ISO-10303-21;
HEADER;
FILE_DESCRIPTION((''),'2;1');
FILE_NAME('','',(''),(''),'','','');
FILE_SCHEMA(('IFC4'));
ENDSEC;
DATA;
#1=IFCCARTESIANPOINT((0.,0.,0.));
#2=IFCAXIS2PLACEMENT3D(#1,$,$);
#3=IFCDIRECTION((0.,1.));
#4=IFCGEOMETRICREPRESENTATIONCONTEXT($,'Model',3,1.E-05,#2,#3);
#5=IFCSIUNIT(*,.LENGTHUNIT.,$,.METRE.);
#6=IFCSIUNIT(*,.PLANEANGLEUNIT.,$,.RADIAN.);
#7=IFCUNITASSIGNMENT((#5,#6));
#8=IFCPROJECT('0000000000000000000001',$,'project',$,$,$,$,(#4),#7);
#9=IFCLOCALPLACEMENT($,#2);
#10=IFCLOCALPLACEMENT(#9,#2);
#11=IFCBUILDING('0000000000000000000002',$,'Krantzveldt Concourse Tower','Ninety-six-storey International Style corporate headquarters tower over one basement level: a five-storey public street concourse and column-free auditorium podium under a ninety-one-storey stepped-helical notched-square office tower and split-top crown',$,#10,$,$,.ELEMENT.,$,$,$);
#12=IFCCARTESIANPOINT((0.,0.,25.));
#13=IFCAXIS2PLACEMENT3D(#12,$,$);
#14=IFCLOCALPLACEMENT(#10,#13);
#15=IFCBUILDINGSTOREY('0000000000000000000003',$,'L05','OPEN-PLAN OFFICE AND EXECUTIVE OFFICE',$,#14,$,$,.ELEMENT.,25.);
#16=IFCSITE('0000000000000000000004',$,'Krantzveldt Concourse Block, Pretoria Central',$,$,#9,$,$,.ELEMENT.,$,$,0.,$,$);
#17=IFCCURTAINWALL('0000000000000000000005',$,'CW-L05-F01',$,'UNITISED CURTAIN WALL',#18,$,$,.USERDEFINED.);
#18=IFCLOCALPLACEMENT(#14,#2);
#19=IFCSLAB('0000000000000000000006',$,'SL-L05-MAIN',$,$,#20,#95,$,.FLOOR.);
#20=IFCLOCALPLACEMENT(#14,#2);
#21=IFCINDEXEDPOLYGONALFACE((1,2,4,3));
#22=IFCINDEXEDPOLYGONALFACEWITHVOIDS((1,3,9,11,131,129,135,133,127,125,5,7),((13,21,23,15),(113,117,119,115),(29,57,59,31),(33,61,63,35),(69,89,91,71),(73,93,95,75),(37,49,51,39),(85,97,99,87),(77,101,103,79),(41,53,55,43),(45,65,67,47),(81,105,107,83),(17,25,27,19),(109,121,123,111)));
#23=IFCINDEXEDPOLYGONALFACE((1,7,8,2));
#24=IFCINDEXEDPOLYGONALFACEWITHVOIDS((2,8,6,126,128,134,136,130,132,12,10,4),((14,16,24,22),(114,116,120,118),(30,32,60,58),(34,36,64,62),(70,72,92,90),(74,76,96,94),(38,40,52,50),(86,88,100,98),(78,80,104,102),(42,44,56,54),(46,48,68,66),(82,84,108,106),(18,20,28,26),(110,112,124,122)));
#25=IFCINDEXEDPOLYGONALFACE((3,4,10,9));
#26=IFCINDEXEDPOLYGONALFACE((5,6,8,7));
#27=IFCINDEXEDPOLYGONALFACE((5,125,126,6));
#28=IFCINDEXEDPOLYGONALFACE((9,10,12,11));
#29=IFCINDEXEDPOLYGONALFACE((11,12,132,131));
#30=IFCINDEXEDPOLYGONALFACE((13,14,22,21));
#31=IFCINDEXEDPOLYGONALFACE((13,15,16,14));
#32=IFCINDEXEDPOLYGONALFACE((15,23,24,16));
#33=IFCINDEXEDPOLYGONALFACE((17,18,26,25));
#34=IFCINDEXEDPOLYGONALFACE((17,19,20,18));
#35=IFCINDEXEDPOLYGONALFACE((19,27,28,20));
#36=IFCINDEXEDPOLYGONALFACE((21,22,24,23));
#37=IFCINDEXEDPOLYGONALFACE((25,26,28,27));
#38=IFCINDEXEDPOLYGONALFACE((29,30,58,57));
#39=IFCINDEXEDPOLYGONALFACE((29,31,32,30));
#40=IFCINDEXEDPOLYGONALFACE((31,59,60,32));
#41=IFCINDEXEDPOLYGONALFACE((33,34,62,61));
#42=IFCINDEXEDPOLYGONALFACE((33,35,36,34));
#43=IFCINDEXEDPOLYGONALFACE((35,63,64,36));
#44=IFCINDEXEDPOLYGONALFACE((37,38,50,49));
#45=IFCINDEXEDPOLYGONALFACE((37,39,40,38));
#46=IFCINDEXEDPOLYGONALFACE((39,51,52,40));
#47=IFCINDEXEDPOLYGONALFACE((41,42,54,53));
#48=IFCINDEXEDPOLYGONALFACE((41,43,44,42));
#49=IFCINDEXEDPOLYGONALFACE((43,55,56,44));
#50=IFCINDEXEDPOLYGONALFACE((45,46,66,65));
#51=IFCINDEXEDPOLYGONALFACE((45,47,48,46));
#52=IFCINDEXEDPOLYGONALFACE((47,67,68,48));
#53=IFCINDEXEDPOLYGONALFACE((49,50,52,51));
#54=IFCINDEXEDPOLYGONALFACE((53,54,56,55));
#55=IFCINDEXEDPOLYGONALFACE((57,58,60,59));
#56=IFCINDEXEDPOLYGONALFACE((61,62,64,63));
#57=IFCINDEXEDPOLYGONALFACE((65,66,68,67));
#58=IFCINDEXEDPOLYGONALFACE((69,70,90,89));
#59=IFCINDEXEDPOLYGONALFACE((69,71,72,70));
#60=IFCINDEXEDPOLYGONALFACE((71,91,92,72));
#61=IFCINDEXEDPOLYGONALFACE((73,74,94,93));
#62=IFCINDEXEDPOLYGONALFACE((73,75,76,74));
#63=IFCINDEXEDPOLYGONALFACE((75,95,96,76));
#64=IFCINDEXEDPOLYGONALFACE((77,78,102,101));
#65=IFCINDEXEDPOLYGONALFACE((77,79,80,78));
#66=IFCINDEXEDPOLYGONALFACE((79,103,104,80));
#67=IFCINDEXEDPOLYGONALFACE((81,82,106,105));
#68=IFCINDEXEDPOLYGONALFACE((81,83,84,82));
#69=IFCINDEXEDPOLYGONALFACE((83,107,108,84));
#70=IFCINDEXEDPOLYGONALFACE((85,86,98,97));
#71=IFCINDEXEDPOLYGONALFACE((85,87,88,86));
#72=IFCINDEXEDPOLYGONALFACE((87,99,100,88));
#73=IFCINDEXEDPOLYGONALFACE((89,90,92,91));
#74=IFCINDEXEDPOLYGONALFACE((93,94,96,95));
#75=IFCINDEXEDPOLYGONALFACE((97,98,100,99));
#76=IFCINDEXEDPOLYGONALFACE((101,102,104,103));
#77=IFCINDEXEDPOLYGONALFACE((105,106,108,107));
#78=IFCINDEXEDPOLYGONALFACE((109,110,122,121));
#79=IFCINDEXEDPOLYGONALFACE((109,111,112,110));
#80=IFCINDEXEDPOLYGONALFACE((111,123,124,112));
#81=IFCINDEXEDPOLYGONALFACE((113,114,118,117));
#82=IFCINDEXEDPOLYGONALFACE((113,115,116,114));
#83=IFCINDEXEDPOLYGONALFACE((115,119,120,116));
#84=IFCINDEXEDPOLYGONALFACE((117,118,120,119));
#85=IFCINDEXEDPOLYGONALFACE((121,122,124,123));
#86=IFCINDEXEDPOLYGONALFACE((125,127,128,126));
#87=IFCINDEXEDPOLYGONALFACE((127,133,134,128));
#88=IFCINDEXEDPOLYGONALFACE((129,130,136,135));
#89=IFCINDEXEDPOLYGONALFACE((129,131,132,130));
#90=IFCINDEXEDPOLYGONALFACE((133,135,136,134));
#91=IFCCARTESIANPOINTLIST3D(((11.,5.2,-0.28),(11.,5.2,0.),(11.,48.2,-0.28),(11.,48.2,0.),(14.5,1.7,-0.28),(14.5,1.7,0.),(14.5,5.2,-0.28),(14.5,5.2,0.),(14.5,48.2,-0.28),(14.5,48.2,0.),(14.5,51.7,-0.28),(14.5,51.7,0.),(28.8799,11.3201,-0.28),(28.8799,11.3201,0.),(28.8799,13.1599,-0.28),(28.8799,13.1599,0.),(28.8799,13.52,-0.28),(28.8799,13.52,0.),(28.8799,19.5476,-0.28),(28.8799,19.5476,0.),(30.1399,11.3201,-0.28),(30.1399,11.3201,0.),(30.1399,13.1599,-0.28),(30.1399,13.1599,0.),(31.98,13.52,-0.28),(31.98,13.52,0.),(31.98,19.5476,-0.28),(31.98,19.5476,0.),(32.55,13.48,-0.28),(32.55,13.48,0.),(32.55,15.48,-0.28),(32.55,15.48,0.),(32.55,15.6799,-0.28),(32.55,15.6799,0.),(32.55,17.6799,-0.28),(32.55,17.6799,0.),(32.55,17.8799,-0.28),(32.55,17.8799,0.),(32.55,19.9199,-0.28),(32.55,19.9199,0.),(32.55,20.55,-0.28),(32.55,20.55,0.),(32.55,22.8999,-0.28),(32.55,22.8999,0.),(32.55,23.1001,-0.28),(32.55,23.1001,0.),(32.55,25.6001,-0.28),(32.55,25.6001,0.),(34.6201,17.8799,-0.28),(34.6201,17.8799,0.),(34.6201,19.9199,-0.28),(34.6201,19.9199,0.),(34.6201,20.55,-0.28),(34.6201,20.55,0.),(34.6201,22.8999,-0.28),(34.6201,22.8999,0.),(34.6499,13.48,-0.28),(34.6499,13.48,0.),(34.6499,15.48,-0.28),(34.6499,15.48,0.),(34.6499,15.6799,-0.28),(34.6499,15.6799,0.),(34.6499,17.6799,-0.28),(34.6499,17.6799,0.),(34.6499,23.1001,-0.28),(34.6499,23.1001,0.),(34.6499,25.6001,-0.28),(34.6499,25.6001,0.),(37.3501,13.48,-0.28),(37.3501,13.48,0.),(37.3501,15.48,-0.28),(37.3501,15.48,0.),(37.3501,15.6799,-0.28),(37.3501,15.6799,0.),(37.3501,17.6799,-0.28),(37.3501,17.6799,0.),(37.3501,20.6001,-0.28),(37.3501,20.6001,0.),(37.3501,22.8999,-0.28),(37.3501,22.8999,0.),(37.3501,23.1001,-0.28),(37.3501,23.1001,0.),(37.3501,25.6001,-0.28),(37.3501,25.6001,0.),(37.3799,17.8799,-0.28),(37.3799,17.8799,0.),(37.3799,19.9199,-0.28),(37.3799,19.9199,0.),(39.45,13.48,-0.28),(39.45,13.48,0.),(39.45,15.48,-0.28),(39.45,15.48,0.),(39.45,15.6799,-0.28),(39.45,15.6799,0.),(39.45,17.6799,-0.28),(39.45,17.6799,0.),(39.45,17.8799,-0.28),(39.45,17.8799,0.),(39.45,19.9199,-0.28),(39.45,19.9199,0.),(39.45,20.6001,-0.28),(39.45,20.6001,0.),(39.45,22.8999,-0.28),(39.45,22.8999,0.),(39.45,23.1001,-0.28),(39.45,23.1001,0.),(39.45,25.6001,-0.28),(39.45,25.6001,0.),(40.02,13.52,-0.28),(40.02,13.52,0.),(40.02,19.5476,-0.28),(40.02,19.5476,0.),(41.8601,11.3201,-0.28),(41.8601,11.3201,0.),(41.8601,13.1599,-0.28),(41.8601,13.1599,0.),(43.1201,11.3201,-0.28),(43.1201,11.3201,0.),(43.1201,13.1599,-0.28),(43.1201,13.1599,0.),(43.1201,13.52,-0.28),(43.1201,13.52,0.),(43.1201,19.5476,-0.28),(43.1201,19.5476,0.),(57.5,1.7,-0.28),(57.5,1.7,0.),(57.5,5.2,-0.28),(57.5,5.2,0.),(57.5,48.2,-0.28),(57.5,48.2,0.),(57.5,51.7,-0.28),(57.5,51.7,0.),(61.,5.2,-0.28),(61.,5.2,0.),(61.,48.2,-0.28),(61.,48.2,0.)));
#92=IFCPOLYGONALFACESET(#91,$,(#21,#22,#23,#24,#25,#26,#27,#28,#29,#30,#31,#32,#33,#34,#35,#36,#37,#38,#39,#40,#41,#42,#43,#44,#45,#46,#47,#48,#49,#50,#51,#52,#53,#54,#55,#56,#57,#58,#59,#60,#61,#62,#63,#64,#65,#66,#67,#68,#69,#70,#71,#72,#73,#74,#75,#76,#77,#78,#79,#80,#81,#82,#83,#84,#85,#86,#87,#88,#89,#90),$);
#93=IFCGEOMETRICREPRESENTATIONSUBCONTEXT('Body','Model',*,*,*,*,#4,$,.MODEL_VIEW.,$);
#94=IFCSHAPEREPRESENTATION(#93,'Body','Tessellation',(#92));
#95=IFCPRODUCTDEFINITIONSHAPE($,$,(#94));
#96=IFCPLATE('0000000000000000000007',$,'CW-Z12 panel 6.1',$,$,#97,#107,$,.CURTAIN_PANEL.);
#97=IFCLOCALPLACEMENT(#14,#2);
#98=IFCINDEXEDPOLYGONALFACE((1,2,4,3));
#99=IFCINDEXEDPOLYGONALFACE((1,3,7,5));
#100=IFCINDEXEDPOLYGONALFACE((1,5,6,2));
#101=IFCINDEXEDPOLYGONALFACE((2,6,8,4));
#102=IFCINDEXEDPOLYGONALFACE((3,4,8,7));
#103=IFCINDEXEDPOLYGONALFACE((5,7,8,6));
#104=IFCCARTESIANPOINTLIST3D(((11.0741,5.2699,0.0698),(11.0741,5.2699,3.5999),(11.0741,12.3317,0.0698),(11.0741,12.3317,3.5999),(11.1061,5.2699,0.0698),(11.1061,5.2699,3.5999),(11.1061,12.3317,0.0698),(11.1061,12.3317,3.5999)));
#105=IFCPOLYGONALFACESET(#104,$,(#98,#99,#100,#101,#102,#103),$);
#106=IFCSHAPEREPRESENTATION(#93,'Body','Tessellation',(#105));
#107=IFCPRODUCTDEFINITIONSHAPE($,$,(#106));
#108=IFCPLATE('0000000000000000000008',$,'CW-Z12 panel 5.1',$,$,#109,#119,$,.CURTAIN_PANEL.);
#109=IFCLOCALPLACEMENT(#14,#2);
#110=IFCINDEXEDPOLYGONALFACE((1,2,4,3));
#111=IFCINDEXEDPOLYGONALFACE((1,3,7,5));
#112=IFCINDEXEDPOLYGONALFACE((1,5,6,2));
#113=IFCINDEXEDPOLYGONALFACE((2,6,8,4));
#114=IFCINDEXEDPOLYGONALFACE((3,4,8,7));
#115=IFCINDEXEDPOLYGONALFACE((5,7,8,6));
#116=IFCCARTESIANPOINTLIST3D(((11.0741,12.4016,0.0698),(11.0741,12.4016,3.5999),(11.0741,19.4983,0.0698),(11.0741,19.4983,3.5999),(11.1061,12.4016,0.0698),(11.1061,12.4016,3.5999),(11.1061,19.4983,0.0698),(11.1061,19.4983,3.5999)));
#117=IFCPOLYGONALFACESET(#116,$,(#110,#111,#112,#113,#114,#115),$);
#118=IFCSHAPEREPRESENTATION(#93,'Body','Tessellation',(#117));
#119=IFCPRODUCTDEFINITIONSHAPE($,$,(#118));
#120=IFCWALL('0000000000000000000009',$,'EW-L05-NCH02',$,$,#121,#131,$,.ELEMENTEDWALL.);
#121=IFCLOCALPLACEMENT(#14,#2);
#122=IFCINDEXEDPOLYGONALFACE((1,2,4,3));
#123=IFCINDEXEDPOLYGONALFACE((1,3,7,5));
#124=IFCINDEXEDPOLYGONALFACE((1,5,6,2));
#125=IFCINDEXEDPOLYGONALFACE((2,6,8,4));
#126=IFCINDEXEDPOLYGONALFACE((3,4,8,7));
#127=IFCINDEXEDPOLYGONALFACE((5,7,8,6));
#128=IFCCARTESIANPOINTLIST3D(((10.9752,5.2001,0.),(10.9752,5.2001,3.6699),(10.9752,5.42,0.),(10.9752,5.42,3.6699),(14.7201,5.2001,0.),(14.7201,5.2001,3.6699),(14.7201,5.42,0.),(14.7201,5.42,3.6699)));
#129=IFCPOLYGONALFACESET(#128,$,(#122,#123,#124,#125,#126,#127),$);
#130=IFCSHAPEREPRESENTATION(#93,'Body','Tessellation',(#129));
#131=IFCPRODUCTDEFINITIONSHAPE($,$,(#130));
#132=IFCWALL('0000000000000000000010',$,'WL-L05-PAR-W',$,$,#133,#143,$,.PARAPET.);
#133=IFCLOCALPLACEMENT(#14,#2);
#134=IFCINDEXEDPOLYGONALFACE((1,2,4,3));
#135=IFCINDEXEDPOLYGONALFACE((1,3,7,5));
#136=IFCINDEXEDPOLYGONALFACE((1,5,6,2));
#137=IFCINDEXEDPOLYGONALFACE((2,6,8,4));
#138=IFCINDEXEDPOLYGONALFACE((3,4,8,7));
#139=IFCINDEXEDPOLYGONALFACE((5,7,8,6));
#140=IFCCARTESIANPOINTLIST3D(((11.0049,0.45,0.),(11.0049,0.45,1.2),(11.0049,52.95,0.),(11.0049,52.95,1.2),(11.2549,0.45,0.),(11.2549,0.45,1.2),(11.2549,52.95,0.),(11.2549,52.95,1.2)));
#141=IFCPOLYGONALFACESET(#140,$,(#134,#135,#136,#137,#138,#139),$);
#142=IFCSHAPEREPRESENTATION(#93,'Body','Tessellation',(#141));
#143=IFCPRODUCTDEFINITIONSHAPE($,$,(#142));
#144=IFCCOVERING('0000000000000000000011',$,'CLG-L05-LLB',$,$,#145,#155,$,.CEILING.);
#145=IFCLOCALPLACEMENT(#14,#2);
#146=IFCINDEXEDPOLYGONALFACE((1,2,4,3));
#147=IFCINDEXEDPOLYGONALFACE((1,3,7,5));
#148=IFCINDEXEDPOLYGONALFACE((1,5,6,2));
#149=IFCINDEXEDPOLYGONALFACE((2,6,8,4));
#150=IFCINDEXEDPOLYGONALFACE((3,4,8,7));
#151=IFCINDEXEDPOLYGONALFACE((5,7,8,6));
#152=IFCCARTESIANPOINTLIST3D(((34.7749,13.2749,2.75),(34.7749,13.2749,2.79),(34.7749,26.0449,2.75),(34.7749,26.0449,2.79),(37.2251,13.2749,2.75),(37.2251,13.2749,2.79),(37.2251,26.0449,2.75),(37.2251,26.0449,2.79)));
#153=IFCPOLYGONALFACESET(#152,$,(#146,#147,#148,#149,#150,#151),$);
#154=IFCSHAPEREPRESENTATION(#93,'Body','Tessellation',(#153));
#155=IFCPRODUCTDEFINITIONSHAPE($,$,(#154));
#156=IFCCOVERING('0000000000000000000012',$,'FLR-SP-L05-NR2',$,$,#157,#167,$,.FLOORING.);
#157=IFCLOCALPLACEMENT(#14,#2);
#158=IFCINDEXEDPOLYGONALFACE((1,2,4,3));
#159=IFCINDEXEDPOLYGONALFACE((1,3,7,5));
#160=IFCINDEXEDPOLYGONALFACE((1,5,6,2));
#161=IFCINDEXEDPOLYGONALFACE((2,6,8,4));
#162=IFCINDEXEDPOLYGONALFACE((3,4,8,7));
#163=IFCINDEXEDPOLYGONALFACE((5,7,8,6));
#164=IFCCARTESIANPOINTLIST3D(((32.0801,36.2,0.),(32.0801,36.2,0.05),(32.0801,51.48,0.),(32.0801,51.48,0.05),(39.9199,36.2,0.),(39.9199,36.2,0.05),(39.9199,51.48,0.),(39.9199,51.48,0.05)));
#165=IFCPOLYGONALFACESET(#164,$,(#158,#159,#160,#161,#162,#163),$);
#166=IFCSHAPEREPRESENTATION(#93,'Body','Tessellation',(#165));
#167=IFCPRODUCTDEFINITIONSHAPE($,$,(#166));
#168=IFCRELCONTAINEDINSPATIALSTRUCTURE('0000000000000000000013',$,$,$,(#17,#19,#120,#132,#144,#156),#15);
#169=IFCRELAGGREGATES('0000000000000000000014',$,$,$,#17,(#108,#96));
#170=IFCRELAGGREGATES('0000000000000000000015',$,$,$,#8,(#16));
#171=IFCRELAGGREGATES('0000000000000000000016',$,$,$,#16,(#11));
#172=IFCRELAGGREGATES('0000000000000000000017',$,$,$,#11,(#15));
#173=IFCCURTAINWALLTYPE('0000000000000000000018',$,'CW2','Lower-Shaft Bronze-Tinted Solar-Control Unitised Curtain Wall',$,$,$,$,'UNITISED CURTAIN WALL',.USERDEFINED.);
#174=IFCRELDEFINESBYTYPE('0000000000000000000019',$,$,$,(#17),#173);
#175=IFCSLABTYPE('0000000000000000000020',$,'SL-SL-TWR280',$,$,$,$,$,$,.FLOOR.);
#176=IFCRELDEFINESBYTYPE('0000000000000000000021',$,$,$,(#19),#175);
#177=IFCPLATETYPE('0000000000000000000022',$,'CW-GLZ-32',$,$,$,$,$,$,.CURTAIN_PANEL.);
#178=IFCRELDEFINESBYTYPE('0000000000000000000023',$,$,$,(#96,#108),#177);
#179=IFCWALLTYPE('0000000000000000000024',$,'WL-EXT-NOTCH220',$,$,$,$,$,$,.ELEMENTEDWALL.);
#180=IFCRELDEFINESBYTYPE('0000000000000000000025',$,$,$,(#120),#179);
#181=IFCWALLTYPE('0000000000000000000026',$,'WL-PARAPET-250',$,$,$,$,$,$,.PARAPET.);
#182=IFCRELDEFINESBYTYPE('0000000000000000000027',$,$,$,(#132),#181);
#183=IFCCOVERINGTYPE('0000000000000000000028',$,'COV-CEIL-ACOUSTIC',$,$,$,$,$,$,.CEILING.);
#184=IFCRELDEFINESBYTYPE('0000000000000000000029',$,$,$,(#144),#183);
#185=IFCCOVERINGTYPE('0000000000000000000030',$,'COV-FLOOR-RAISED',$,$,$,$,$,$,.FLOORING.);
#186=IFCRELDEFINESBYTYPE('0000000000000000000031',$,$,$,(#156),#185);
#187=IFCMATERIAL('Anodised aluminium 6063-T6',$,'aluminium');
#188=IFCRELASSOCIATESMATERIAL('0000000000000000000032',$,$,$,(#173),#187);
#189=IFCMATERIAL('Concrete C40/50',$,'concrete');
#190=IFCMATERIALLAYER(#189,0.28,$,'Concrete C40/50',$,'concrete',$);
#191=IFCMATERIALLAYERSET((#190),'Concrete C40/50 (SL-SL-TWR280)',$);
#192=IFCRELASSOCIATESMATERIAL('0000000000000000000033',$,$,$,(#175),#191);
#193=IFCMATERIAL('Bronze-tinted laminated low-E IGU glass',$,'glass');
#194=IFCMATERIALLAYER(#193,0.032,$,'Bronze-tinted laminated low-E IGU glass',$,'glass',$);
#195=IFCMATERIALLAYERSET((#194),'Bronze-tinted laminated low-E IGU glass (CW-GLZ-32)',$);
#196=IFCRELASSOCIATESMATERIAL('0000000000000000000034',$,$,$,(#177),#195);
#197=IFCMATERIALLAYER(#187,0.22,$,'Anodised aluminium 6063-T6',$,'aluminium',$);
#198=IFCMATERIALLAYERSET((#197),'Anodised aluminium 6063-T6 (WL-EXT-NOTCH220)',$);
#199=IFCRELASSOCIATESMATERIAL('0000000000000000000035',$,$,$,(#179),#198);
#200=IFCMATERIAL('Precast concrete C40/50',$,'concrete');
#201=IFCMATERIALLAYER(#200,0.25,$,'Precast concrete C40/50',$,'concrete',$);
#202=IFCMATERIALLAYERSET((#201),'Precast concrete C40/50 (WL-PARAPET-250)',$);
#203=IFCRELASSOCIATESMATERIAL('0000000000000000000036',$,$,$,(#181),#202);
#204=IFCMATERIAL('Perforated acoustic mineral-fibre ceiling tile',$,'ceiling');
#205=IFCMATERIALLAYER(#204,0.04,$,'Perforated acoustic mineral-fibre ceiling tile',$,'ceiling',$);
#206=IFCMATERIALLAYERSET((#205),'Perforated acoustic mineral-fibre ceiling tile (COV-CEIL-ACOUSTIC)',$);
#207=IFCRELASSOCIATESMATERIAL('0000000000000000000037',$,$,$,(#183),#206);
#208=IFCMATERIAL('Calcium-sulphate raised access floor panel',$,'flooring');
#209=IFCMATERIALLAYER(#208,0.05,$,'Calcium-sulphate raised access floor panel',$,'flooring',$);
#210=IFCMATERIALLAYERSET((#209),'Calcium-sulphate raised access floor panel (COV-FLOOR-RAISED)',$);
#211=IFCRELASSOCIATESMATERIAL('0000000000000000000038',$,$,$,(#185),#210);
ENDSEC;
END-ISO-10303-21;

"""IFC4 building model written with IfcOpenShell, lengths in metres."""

from ifc_helpers import new_model, si_unit, direction, frame, frame_2d, origin, origin_2d, place, context, subcontext, project, spatial, polyline, rectangle, outline, extrude, source, transform, mapped, material, layer, layer_set, type_object, type_shapes, element, aggregate, save


model = new_model("IFC4")

# Units and contexts
model_context = context("Model", 3, precision=1e-05, world=origin(), true_north=direction((0.0, 1.0)))
body_context = subcontext(model_context, "Body", "Model", "MODEL_VIEW")
ifc_project = project(units=[si_unit("LENGTHUNIT", "METRE"), si_unit("PLANEANGLEUNIT", "RADIAN")], contexts=[model_context])

# Site, building, storey
site_placement = place(None, origin())
site = spatial("IfcSite", under=ifc_project, at=site_placement, Name="Krantzveldt Concourse Block, Pretoria Central", CompositionType="ELEMENT", RefElevation=0.0)
building_placement = place(site_placement, origin())
building = spatial("IfcBuilding", under=site, at=building_placement, Name="Krantzveldt Concourse Tower", Description="Ninety-six-storey International Style corporate headquarters tower over one basement level: a five-storey public street concourse and column-free auditorium podium under a ninety-one-storey stepped-helical notched-square office tower and split-top crown", CompositionType="ELEMENT")
storey_placement = place(building_placement, frame((0.0, 0.0, 25.0)))
storey = spatial("IfcBuildingStorey", under=building, at=storey_placement, Name="L05", Description="OPEN-PLAN OFFICE AND EXECUTIVE OFFICE", CompositionType="ELEMENT", Elevation=25.0)

# Curtain wall
ifc_material_1 = material(Name="Anodised aluminium 6063-T6", Category="aluminium")
curtain_wall_type = type_object("IfcCurtainWallType", Name="CW2", Description="Lower-Shaft Bronze-Tinted Solar-Control Unitised Curtain Wall", ElementType="UNITISED CURTAIN WALL", PredefinedType="USERDEFINED", material=ifc_material_1)
curtain_wall_1_placement = place(storey_placement, origin())
curtain_wall_1 = element("IfcCurtainWall", 1, at=curtain_wall_1_placement, inside=storey, type_object=curtain_wall_type, Name="CW-L05-F01", ObjectType="UNITISED CURTAIN WALL", PredefinedType="USERDEFINED")

# Shared definitions
ifc_material_2 = material(Name="Precast concrete C40/50", Category="concrete")

# Slab
ifc_material_3 = material(Name="Concrete C40/50", Category="concrete")
ifc_layer_1 = layer(ifc_material_3, 0.28, Name="Concrete C40/50", Category="concrete")
ifc_layer_set_1 = layer_set([ifc_layer_1], Name="Concrete C40/50 (SL-SL-TWR280)")
slab_type_1 = type_object("IfcSlabType", Name="SL-SL-TWR280", PredefinedType="FLOOR", material=ifc_layer_set_1)
slab_1_placement = place(storey_placement, frame((0.0, 0.0, -0.28)))
element("IfcSlab", 2, at=slab_1_placement, inside=storey, type_object=slab_type_1, Name="SL-L05-MAIN", PredefinedType="FLOOR", context=body_context, shape_type="SweptSolid", body=[
    extrude(outline(polyline([(14.5, 48.2), (11.0, 48.2), (11.0, 5.2), (14.5, 5.2), (14.5, 1.7), (57.5, 1.7), (57.5, 5.2), (61.0, 5.2), (61.0, 48.2), (57.5, 48.2), (57.5, 51.7), (14.5, 51.7), (14.5, 48.2)]), holes=[polyline([(28.8799, 19.5476), (28.8799, 13.52), (31.98, 13.52), (31.98, 19.5476), (28.8799, 19.5476)]), polyline([(40.02, 19.5476), (40.02, 13.52), (43.1201, 13.52), (43.1201, 19.5476), (40.02, 19.5476)]), polyline([(32.55, 23.1001), (34.6499, 23.1001), (34.6499, 25.6001), (32.55, 25.6001), (32.55, 23.1001)]), polyline([(37.3501, 23.1001), (39.45, 23.1001), (39.45, 25.6001), (37.3501, 25.6001), (37.3501, 23.1001)]), polyline([(37.3501, 20.6001), (39.45, 20.6001), (39.45, 22.8999), (37.3501, 22.8999), (37.3501, 20.6001)]), polyline([(32.55, 13.48), (34.6499, 13.48), (34.6499, 15.48), (32.55, 15.48), (32.55, 13.48)]), polyline([(32.55, 15.6799), (34.6499, 15.6799), (34.6499, 17.6799), (32.55, 17.6799), (32.55, 15.6799)]), polyline([(37.3501, 13.48), (39.45, 13.48), (39.45, 15.48), (37.3501, 15.48), (37.3501, 13.48)]), polyline([(37.3501, 15.6799), (39.45, 15.6799), (39.45, 17.6799), (37.3501, 17.6799), (37.3501, 15.6799)]), polyline([(32.55, 20.55), (34.6201, 20.55), (34.6201, 22.8999), (32.55, 22.8999), (32.55, 20.55)]), polyline([(32.55, 17.8799), (34.6201, 17.8799), (34.6201, 19.9199), (32.55, 19.9199), (32.55, 17.8799)]), polyline([(37.3799, 17.8799), (39.45, 17.8799), (39.45, 19.9199), (37.3799, 19.9199), (37.3799, 17.8799)]), polyline([(28.8799, 11.3201), (30.1399, 11.3201), (30.1399, 13.1599), (28.8799, 13.1599), (28.8799, 11.3201)]), polyline([(41.8601, 11.3201), (43.1201, 11.3201), (43.1201, 13.1599), (41.8601, 13.1599), (41.8601, 11.3201)])]), origin(), (0.0, 0.0, 1.0), 0.28),
])

# Plates
ifc_material_4 = material(Name="Bronze-tinted laminated low-E IGU glass", Category="glass")
ifc_layer_2 = layer(ifc_material_4, 0.032, Name="Bronze-tinted laminated low-E IGU glass", Category="glass")
ifc_layer_set_2 = layer_set([ifc_layer_2], Name="Bronze-tinted laminated low-E IGU glass (CW-GLZ-32)")
plate_type = type_object("IfcPlateType", Name="CW-GLZ-32", PredefinedType="CURTAIN_PANEL", material=ifc_layer_set_2)
shared_shape_1 = source(origin(), body_context, "Body", "SweptSolid", [
    extrude(rectangle(XDim=7.0618, YDim=0.032, at=origin_2d()), origin(), (0.0, 0.0, 1.0), 3.53),
])
plate_1_placement = place(storey_placement, frame((11.0901, 8.8008, 0.0698), z_axis=(0.0, 0.0, 1.0), x_axis=(0.0, -1.0, 0.0)))
plate_1 = element("IfcPlate", 3, at=plate_1_placement, type_object=plate_type, Name="CW-Z12 panel 6.1", PredefinedType="CURTAIN_PANEL", context=body_context, shape_type="MappedRepresentation", body=[
    mapped(shared_shape_1, transform((0.0, 0.0, 0.0), x_axis=(1.0, 0.0, 0.0), y_axis=(0.0, 1.0, 0.0), z_axis=(0.0, 0.0, 1.0), scale=1.0)),
])
shared_shape_2 = source(origin(), body_context, "Body", "SweptSolid", [
    extrude(rectangle(XDim=7.0967, YDim=0.032, at=origin_2d()), origin(), (0.0, 0.0, 1.0), 3.53),
])
type_shapes(plate_type, [shared_shape_1, shared_shape_2])
plate_2_placement = place(storey_placement, frame((11.0901, 15.95, 0.0698), z_axis=(0.0, 0.0, 1.0), x_axis=(0.0, -1.0, 0.0)))
plate_2 = element("IfcPlate", 4, at=plate_2_placement, type_object=plate_type, Name="CW-Z12 panel 5.1", PredefinedType="CURTAIN_PANEL", context=body_context, shape_type="MappedRepresentation", body=[
    mapped(shared_shape_2, transform((0.0, 0.0, 0.0), x_axis=(1.0, 0.0, 0.0), y_axis=(0.0, 1.0, 0.0), z_axis=(0.0, 0.0, 1.0), scale=1.0)),
])
aggregate(curtain_wall_1, [plate_2, plate_1])

# Walls
ifc_layer_3 = layer(ifc_material_1, 0.22, Name="Anodised aluminium 6063-T6", Category="aluminium")
ifc_layer_set_3 = layer_set([ifc_layer_3], Name="Anodised aluminium 6063-T6 (WL-EXT-NOTCH220)")
wall_type_1 = type_object("IfcWallType", Name="WL-EXT-NOTCH220", PredefinedType="ELEMENTEDWALL", material=ifc_layer_set_3)
wall_1_placement = place(storey_placement, frame((10.9751, 5.3101, 0.0), z_axis=(0.0, 0.0, 1.0), x_axis=(1.0, 0.0, 0.0)))
element("IfcWall", 5, at=wall_1_placement, inside=storey, type_object=wall_type_1, Name="EW-L05-NCH02", PredefinedType="ELEMENTEDWALL", context=body_context, shape_type="SweptSolid", body=[
    extrude(rectangle(XDim=3.7449, YDim=0.22, at=frame_2d((1.8726, 0.0))), origin(), (0.0, 0.0, 1.0), 3.6699),
])
ifc_layer_4 = layer(ifc_material_2, 0.25, Name="Precast concrete C40/50", Category="concrete")
ifc_layer_set_4 = layer_set([ifc_layer_4], Name="Precast concrete C40/50 (WL-PARAPET-250)")
wall_type_2 = type_object("IfcWallType", Name="WL-PARAPET-250", PredefinedType="PARAPET", material=ifc_layer_set_4)
wall_2_placement = place(storey_placement, frame((11.1299, 0.45, 0.0), z_axis=(0.0, 0.0, 1.0), x_axis=(0.0, 1.0, 0.0)))
element("IfcWall", 6, at=wall_2_placement, inside=storey, type_object=wall_type_2, Name="WL-L05-PAR-W", PredefinedType="PARAPET", context=body_context, shape_type="SweptSolid", body=[
    extrude(rectangle(XDim=52.5, YDim=0.25, at=frame_2d((26.25, 0.0))), origin(), (0.0, 0.0, 1.0), 1.2),
])

# Coverings
ifc_material_5 = material(Name="Perforated acoustic mineral-fibre ceiling tile", Category="ceiling")
ifc_layer_5 = layer(ifc_material_5, 0.04, Name="Perforated acoustic mineral-fibre ceiling tile", Category="ceiling")
ifc_layer_set_5 = layer_set([ifc_layer_5], Name="Perforated acoustic mineral-fibre ceiling tile (COV-CEIL-ACOUSTIC)")
covering_type_1 = type_object("IfcCoveringType", Name="COV-CEIL-ACOUSTIC", PredefinedType="CEILING", material=ifc_layer_set_5)
covering_1_placement = place(storey_placement, frame((0.0, 0.0, 2.75)))
element("IfcCovering", 7, at=covering_1_placement, inside=storey, type_object=covering_type_1, Name="CLG-L05-LLB", PredefinedType="CEILING", context=body_context, shape_type="SweptSolid", body=[
    extrude(outline(polyline([(37.2251, 13.2749), (34.7749, 13.2749), (34.7749, 26.0449), (37.2251, 26.0449), (37.2251, 13.2749)])), origin(), (0.0, 0.0, 1.0), 0.04),
])
ifc_material_6 = material(Name="Calcium-sulphate raised access floor panel", Category="flooring")
ifc_layer_6 = layer(ifc_material_6, 0.05, Name="Calcium-sulphate raised access floor panel", Category="flooring")
ifc_layer_set_6 = layer_set([ifc_layer_6], Name="Calcium-sulphate raised access floor panel (COV-FLOOR-RAISED)")
covering_type_2 = type_object("IfcCoveringType", Name="COV-FLOOR-RAISED", PredefinedType="FLOORING", material=ifc_layer_set_6)
covering_2_placement = place(storey_placement, origin())
element("IfcCovering", 8, at=covering_2_placement, inside=storey, type_object=covering_type_2, Name="FLR-SP-L05-NR2", PredefinedType="FLOORING", context=body_context, shape_type="SweptSolid", body=[
    extrude(outline(polyline([(32.0801, 36.2), (32.0801, 51.48), (39.9199, 51.48), (39.9199, 36.2), (32.0801, 36.2)])), origin(), (0.0, 0.0, 1.0), 0.05),
])

save(model, "model.ifc")
